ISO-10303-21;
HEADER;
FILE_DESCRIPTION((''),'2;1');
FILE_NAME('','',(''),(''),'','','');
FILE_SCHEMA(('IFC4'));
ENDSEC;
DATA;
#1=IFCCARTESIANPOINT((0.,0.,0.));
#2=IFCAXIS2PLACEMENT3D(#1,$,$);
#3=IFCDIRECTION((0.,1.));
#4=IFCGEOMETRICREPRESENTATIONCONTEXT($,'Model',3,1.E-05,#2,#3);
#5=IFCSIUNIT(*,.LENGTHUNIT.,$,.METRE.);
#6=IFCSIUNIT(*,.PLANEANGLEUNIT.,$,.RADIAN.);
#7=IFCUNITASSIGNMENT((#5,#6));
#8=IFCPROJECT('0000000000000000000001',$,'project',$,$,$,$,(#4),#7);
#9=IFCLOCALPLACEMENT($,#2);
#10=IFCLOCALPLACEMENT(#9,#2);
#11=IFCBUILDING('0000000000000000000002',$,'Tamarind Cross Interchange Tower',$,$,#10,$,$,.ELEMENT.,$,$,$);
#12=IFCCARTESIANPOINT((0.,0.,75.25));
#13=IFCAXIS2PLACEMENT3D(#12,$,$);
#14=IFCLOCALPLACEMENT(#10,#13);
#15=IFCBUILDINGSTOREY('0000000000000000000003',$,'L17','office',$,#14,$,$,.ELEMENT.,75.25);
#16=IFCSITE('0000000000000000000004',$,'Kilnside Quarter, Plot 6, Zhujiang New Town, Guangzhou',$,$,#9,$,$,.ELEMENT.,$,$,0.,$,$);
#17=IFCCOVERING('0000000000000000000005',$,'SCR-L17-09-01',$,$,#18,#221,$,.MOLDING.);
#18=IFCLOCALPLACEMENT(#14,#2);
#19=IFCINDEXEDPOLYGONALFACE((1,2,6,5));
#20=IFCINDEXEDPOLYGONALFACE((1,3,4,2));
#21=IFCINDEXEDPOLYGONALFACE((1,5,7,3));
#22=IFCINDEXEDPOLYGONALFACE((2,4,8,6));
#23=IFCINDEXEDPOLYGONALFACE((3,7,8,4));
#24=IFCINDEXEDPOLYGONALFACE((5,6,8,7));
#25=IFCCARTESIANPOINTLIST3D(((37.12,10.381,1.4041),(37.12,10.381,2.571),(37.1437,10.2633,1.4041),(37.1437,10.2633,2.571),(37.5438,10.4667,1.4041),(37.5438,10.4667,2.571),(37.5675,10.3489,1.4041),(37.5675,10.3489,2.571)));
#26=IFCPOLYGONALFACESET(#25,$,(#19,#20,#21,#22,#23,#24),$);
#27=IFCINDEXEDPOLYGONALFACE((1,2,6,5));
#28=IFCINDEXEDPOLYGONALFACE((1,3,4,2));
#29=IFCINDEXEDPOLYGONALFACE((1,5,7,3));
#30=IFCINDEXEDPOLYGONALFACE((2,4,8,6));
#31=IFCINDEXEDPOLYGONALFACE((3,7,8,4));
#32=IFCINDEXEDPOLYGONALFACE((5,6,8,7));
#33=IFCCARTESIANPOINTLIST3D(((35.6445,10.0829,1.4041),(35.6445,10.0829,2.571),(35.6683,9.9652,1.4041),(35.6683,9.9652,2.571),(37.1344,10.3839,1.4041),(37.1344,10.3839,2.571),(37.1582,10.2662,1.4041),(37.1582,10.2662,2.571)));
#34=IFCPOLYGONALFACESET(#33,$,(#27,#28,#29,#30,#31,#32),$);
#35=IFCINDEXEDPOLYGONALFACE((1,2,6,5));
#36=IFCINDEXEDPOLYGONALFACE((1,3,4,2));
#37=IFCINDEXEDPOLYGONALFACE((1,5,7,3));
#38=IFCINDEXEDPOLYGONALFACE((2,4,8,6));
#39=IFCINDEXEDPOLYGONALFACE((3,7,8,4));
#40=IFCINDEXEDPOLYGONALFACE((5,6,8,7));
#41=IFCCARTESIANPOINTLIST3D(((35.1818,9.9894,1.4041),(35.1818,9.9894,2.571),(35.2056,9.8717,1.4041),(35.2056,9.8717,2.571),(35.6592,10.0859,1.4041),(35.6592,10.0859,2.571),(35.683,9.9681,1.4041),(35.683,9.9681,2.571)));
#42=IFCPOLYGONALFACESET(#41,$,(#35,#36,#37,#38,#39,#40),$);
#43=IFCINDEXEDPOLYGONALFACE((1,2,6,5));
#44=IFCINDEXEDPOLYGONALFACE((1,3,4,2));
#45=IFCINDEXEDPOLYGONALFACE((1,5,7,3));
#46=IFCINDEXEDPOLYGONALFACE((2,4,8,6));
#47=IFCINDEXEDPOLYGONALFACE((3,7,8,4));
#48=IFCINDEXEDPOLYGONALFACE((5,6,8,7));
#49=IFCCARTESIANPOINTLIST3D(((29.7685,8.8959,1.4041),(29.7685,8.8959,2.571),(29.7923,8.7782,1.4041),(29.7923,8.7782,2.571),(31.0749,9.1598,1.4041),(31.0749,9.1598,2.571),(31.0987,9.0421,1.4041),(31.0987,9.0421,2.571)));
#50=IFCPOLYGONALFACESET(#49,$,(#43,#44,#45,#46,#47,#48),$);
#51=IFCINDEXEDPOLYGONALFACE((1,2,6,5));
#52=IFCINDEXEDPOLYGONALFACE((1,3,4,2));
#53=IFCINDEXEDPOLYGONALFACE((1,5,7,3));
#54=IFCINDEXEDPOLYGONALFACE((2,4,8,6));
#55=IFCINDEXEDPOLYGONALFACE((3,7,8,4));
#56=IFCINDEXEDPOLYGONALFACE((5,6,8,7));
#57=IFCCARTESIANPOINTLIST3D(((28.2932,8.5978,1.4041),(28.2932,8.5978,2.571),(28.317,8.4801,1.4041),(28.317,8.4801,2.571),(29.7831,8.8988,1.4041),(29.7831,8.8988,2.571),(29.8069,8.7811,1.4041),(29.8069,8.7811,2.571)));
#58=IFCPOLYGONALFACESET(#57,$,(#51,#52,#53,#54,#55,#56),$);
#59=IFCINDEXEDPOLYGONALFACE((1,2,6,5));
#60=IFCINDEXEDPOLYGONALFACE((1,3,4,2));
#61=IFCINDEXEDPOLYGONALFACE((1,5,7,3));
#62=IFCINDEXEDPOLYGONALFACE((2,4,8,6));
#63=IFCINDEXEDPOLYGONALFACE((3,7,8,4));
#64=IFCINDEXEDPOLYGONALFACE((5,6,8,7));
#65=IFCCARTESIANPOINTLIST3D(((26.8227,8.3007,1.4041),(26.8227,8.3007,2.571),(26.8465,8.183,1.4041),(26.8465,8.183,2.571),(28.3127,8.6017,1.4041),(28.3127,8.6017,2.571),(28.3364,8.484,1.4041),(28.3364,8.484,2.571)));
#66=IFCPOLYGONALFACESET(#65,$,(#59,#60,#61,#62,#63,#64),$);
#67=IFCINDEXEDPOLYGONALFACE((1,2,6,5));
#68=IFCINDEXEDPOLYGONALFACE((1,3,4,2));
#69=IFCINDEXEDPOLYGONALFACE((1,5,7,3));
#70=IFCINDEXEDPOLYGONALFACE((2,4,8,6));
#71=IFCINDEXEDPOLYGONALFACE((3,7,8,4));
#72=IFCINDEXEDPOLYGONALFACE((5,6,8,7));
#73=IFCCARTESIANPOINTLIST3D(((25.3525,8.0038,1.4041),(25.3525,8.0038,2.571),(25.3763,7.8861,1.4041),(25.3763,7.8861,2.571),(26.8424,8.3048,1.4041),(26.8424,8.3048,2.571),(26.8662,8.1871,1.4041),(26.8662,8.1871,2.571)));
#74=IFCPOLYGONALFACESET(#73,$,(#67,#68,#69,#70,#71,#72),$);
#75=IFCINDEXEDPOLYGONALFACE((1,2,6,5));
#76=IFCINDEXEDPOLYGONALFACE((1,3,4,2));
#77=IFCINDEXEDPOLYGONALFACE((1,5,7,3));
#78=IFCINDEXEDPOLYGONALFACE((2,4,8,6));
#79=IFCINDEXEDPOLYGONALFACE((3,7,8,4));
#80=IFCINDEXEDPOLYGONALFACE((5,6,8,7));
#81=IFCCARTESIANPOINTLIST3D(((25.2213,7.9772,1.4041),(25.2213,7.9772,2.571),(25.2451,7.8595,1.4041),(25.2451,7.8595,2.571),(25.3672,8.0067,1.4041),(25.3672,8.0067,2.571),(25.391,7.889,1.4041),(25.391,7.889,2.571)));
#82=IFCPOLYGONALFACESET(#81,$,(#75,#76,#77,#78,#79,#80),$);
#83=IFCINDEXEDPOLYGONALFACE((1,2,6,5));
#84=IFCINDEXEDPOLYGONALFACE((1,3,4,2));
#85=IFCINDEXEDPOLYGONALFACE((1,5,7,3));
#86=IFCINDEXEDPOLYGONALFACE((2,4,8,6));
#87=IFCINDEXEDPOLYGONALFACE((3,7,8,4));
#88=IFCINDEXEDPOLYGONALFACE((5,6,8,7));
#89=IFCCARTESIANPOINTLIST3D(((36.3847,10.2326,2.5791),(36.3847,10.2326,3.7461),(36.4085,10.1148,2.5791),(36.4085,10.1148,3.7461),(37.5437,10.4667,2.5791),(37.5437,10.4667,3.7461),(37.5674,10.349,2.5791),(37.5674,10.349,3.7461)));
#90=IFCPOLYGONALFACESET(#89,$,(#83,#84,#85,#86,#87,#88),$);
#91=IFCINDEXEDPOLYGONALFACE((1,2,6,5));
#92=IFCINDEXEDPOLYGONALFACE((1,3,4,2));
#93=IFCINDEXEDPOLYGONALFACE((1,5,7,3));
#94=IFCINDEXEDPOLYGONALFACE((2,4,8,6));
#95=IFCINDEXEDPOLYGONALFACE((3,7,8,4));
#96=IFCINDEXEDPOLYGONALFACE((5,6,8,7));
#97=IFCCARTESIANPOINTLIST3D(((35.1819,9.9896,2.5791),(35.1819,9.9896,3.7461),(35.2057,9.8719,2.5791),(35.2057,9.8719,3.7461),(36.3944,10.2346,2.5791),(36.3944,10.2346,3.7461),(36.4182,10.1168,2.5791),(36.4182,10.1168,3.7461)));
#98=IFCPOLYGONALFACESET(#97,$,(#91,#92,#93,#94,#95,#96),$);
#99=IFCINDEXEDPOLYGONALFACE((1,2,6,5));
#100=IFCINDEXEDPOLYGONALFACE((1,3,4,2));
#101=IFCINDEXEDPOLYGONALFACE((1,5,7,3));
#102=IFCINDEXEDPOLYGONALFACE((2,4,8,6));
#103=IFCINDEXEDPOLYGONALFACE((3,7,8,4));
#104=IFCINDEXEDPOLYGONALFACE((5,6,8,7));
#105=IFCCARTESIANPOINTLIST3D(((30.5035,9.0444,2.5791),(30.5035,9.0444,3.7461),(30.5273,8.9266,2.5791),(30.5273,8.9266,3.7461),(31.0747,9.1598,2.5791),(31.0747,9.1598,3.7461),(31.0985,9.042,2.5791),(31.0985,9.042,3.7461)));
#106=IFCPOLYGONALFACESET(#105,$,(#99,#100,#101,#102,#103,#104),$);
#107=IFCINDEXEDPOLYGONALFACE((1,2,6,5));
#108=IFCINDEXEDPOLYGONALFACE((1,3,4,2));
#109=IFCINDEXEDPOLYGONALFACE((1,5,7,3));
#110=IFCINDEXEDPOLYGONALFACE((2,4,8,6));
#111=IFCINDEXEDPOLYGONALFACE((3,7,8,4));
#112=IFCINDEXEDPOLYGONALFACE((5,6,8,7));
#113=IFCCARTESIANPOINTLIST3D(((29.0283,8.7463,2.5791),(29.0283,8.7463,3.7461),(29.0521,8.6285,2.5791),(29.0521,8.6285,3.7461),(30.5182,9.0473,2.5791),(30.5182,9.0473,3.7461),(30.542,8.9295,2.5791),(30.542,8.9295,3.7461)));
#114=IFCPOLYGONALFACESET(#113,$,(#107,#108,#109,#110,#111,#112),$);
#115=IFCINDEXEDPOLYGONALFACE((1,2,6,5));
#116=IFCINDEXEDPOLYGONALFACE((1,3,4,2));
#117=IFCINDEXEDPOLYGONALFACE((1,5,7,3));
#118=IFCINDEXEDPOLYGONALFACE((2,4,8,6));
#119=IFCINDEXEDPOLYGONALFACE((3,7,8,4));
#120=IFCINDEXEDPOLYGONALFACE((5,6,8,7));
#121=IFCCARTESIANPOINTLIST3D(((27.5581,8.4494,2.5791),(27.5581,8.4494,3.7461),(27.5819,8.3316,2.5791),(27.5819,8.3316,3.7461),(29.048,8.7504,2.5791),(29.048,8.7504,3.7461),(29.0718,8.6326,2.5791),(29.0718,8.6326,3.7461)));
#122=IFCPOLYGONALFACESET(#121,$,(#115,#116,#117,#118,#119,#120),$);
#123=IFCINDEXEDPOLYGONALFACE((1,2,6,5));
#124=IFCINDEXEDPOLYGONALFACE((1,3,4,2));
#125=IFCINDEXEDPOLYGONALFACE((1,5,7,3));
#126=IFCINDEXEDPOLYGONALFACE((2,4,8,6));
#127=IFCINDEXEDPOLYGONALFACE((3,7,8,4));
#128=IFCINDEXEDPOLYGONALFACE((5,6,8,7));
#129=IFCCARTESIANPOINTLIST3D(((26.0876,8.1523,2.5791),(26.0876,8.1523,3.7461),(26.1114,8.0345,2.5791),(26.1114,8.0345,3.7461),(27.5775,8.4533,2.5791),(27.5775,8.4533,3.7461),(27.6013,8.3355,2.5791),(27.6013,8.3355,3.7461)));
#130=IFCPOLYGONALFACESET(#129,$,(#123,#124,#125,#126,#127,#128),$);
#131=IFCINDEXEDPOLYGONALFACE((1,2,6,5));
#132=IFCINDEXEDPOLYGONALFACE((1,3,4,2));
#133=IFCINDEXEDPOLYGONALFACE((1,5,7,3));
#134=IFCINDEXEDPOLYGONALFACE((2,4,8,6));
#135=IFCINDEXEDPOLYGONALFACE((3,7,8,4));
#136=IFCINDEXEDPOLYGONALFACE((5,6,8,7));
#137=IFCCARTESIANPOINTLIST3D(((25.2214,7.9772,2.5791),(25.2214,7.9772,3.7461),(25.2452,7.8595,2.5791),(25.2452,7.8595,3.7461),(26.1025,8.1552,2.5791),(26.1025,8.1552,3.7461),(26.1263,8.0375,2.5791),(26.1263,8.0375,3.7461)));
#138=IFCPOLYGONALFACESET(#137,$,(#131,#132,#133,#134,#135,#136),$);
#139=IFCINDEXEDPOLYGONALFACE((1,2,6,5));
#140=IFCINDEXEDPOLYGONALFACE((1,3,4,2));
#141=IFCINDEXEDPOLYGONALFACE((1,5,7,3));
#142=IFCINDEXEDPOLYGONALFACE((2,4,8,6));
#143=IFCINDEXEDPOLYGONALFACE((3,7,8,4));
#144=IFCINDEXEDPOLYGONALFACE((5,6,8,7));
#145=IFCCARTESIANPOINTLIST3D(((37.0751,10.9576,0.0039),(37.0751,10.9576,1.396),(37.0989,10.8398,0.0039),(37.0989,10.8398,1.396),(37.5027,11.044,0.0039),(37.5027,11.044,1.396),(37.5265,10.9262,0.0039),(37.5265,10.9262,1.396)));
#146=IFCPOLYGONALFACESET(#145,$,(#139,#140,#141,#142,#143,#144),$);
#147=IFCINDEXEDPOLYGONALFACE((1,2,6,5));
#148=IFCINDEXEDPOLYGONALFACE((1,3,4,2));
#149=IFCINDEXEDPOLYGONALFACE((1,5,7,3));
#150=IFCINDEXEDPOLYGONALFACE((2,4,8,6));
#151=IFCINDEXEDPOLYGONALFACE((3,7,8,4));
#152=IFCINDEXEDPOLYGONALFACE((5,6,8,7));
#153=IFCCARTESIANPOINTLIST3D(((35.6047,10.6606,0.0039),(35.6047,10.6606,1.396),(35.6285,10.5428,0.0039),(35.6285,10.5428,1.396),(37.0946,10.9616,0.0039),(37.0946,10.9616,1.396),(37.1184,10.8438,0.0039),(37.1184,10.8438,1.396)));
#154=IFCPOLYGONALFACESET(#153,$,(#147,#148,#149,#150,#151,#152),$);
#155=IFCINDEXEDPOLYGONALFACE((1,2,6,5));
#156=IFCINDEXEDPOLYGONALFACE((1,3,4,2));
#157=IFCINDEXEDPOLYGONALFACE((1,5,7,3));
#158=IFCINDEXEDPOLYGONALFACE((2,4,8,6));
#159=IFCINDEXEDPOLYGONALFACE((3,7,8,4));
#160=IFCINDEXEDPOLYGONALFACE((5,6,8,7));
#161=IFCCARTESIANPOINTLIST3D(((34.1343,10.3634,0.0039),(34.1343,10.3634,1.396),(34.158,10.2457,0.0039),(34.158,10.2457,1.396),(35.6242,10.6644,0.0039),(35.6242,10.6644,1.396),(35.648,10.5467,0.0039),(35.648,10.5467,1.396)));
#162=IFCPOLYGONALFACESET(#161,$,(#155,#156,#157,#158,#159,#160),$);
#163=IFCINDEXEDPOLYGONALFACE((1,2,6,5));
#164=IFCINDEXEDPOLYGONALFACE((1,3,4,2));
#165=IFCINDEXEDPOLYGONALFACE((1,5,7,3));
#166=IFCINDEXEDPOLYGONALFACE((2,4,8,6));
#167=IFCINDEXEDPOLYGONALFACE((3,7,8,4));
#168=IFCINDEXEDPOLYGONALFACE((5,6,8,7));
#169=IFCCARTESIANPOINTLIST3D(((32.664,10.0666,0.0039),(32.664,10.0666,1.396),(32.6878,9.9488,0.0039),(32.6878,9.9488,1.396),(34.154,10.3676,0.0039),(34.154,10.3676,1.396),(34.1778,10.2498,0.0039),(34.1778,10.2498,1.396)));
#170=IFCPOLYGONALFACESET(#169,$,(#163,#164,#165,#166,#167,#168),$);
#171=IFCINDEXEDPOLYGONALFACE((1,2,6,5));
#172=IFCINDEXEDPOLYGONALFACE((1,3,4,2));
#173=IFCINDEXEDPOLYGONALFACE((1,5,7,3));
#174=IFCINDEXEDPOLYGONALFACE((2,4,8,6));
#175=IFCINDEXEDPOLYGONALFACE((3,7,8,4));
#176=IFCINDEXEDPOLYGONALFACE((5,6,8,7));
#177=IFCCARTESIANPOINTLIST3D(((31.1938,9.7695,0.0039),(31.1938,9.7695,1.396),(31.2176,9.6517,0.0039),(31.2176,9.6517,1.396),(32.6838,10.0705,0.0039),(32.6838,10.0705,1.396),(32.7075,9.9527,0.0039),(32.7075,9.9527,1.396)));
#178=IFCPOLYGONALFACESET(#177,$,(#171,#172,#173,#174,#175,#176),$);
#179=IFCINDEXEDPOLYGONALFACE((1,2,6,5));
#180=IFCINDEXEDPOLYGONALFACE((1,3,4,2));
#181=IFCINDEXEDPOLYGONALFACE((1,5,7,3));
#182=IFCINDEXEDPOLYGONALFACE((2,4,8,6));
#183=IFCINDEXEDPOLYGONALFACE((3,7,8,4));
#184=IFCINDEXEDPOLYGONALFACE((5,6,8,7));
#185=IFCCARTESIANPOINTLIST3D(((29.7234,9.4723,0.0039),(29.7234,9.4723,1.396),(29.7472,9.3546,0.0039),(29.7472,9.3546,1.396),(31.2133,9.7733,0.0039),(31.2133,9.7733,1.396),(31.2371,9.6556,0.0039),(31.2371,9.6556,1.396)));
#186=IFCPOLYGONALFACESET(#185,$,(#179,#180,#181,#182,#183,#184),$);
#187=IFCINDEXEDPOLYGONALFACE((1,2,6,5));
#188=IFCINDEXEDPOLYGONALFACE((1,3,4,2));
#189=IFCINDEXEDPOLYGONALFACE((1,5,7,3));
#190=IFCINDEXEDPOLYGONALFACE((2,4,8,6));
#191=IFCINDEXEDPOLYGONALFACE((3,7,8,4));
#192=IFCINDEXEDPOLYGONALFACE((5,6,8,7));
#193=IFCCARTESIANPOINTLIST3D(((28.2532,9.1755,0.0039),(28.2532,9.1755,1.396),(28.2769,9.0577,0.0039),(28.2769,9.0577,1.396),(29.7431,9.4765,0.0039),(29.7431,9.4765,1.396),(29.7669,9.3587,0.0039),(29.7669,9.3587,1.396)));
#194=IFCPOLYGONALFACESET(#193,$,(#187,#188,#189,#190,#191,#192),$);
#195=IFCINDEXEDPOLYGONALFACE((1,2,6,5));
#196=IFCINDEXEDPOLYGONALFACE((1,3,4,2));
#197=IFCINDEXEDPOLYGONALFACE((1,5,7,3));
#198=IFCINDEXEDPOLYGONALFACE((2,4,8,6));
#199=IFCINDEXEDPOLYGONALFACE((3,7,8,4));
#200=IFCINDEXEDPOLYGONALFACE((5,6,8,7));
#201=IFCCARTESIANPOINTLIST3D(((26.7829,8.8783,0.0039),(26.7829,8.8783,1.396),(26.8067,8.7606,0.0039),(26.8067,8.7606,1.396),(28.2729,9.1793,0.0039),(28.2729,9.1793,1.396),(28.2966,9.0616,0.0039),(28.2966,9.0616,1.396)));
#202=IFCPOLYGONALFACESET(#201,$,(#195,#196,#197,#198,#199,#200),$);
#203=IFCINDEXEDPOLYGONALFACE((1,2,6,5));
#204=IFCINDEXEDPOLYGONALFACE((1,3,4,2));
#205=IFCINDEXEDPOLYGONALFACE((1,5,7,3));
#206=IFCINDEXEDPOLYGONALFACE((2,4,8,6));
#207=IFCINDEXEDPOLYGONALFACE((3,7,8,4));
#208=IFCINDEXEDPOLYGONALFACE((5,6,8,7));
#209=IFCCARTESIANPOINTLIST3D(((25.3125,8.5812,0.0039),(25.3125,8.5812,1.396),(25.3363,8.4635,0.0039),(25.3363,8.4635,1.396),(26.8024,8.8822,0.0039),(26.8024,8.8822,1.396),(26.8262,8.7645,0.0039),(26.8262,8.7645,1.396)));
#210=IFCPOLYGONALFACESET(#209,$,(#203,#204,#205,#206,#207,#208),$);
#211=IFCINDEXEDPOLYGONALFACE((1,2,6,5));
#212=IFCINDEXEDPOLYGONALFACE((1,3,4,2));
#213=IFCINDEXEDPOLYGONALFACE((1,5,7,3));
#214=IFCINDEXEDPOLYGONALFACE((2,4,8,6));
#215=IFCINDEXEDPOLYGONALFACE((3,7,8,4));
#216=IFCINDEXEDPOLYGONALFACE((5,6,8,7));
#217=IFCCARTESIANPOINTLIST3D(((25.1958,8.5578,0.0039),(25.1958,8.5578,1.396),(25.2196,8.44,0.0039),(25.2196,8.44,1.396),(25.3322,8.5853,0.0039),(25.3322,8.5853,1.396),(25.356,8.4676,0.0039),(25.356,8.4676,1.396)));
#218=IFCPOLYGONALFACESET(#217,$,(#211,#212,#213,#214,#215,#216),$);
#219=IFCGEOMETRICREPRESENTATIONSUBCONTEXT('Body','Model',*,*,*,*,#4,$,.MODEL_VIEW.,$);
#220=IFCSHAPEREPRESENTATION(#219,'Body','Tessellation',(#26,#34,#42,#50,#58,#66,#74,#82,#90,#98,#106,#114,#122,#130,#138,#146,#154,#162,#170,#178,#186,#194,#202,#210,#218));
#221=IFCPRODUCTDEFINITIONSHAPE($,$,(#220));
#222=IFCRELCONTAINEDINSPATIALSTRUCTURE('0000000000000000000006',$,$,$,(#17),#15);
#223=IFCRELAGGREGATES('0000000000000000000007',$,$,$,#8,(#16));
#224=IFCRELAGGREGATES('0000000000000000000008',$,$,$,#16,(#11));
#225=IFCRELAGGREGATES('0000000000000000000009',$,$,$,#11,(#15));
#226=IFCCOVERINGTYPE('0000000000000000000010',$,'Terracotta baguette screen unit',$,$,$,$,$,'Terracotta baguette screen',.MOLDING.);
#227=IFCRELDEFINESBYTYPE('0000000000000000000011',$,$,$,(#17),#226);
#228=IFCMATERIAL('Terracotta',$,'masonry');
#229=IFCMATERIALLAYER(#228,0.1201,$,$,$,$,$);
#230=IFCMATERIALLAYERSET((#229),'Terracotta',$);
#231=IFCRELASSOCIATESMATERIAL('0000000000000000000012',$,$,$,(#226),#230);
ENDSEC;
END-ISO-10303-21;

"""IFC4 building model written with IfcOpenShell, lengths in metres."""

from ifc_helpers import new_model, si_unit, direction, frame, origin, origin_2d, place, context, subcontext, project, spatial, rectangle, extrude, material, layer, layer_set, type_object, element, save


model = new_model("IFC4")

# Units and contexts
model_context = context("Model", 3, precision=1e-05, world=origin(), true_north=direction((0.0, 1.0)))
body_context = subcontext(model_context, "Body", "Model", "MODEL_VIEW")
ifc_project = project(units=[si_unit("LENGTHUNIT", "METRE"), si_unit("PLANEANGLEUNIT", "RADIAN")], contexts=[model_context])

# Site, building, storey
site_placement = place(None, origin())
site = spatial("IfcSite", under=ifc_project, at=site_placement, Name="Kilnside Quarter, Plot 6, Zhujiang New Town, Guangzhou", CompositionType="ELEMENT", RefElevation=0.0)
building_placement = place(site_placement, origin())
building = spatial("IfcBuilding", under=site, at=building_placement, Name="Tamarind Cross Interchange Tower", CompositionType="ELEMENT")
storey_placement = place(building_placement, frame((0.0, 0.0, 75.25)))
storey = spatial("IfcBuildingStorey", under=building, at=storey_placement, Name="L17", Description="office", CompositionType="ELEMENT", Elevation=75.25)

# Covering
ifc_material_1 = material(Name="Terracotta", Category="masonry")
ifc_layer_1 = layer(ifc_material_1, 0.1201)
ifc_layer_set_1 = layer_set([ifc_layer_1], Name="Terracotta")
covering_type = type_object("IfcCoveringType", Name="Terracotta baguette screen unit", ElementType="Terracotta baguette screen", PredefinedType="MOLDING", material=ifc_layer_set_1)
covering_1_placement = place(storey_placement, origin())
element("IfcCovering", 1, at=covering_1_placement, inside=storey, type_object=covering_type, Name="SCR-L17-09-01", PredefinedType="MOLDING", context=body_context, shape_type="SweptSolid", body=[
    extrude(rectangle(XDim=0.4324, YDim=0.1201, at=origin_2d()), frame((37.3438, 10.365, 1.4041), z_axis=(0.0, 0.0, 1.0), x_axis=(-0.980197, -0.198023, 0.0)), (0.0, 0.0, 1.0), 1.167),
    extrude(rectangle(XDim=1.52, YDim=0.1201, at=origin_2d()), frame((36.4014, 10.1746, 1.4041), z_axis=(0.0, 0.0, 1.0), x_axis=(-0.980197, -0.198023, 0.0)), (0.0, 0.0, 1.0), 1.167),
    extrude(rectangle(XDim=0.4871, YDim=0.1201, at=origin_2d()), frame((35.4324, 9.9788, 1.4041), z_axis=(0.0, 0.0, 1.0), x_axis=(-0.980197, -0.198023, 0.0)), (0.0, 0.0, 1.0), 1.167),
    extrude(rectangle(XDim=1.3328, YDim=0.1201, at=origin_2d()), frame((30.4336, 8.969, 1.4041), z_axis=(0.0, 0.0, 1.0), x_axis=(-0.980197, -0.198023, 0.0)), (0.0, 0.0, 1.0), 1.167),
    extrude(rectangle(XDim=1.52, YDim=0.1201, at=origin_2d()), frame((29.05, 8.6895, 1.4041), z_axis=(0.0, 0.0, 1.0), x_axis=(-0.980197, -0.198023, 0.0)), (0.0, 0.0, 1.0), 1.167),
    extrude(rectangle(XDim=1.52, YDim=0.1201, at=origin_2d()), frame((27.5796, 8.3923, 1.4041), z_axis=(0.0, 0.0, 1.0), x_axis=(-0.980197, -0.198023, 0.0)), (0.0, 0.0, 1.0), 1.167),
    extrude(rectangle(XDim=1.52, YDim=0.1201, at=origin_2d()), frame((26.1094, 8.0955, 1.4041), z_axis=(0.0, 0.0, 1.0), x_axis=(-0.980197, -0.198023, 0.0)), (0.0, 0.0, 1.0), 1.167),
    extrude(rectangle(XDim=0.1489, YDim=0.1201, at=origin_2d()), frame((25.3062, 7.9331, 1.4041), z_axis=(0.0, 0.0, 1.0), x_axis=(-0.980197, -0.198023, 0.0)), (0.0, 0.0, 1.0), 1.167),
    extrude(rectangle(XDim=1.1824, YDim=0.1201, at=origin_2d()), frame((36.9761, 10.2908, 2.5791), z_axis=(0.0, 0.0, 1.0), x_axis=(-0.980197, -0.198023, 0.0)), (0.0, 0.0, 1.0), 1.167),
    extrude(rectangle(XDim=1.2371, YDim=0.1201, at=origin_2d()), frame((35.8, 10.0532, 2.5791), z_axis=(0.0, 0.0, 1.0), x_axis=(-0.980197, -0.198023, 0.0)), (0.0, 0.0, 1.0), 1.167),
    extrude(rectangle(XDim=0.5828, YDim=0.1201, at=origin_2d()), frame((30.801, 9.0432, 2.5791), z_axis=(0.0, 0.0, 1.0), x_axis=(-0.980197, -0.198023, 0.0)), (0.0, 0.0, 1.0), 1.167),
    extrude(rectangle(XDim=1.52, YDim=0.1201, at=origin_2d()), frame((29.7852, 8.8379, 2.5791), z_axis=(0.0, 0.0, 1.0), x_axis=(-0.980197, -0.198023, 0.0)), (0.0, 0.0, 1.0), 1.167),
    extrude(rectangle(XDim=1.52, YDim=0.1201, at=origin_2d()), frame((28.3149, 8.541, 2.5791), z_axis=(0.0, 0.0, 1.0), x_axis=(-0.980197, -0.198023, 0.0)), (0.0, 0.0, 1.0), 1.167),
    extrude(rectangle(XDim=1.52, YDim=0.1201, at=origin_2d()), frame((26.8445, 8.2439, 2.5791), z_axis=(0.0, 0.0, 1.0), x_axis=(-0.980197, -0.198023, 0.0)), (0.0, 0.0, 1.0), 1.167),
    extrude(rectangle(XDim=0.8989, YDim=0.1201, at=origin_2d()), frame((25.6738, 8.0073, 2.5791), z_axis=(0.0, 0.0, 1.0), x_axis=(-0.980197, -0.198023, 0.0)), (0.0, 0.0, 1.0), 1.167),
    extrude(rectangle(XDim=0.4363, YDim=0.1201, at=origin_2d()), frame((37.3008, 10.9419, 0.0039), z_axis=(0.0, 0.0, 1.0), x_axis=(-0.980197, -0.198023, 0.0)), (0.0, 0.0, 1.0), 1.3921),
    extrude(rectangle(XDim=1.52, YDim=0.1201, at=origin_2d()), frame((36.3616, 10.7522, 0.0039), z_axis=(0.0, 0.0, 1.0), x_axis=(-0.980197, -0.198023, 0.0)), (0.0, 0.0, 1.0), 1.3921),
    extrude(rectangle(XDim=1.52, YDim=0.1201, at=origin_2d()), frame((34.8911, 10.4551, 0.0039), z_axis=(0.0, 0.0, 1.0), x_axis=(-0.980197, -0.198023, 0.0)), (0.0, 0.0, 1.0), 1.3921),
    extrude(rectangle(XDim=1.52, YDim=0.1201, at=origin_2d()), frame((33.4209, 10.1582, 0.0039), z_axis=(0.0, 0.0, 1.0), x_axis=(-0.980197, -0.198023, 0.0)), (0.0, 0.0, 1.0), 1.3921),
    extrude(rectangle(XDim=1.52, YDim=0.1201, at=origin_2d()), frame((31.9507, 9.8611, 0.0039), z_axis=(0.0, 0.0, 1.0), x_axis=(-0.980197, -0.198023, 0.0)), (0.0, 0.0, 1.0), 1.3921),
    extrude(rectangle(XDim=1.52, YDim=0.1201, at=origin_2d()), frame((30.4802, 9.564, 0.0039), z_axis=(0.0, 0.0, 1.0), x_axis=(-0.980197, -0.198023, 0.0)), (0.0, 0.0, 1.0), 1.3921),
    extrude(rectangle(XDim=1.52, YDim=0.1201, at=origin_2d()), frame((29.01, 9.2671, 0.0039), z_axis=(0.0, 0.0, 1.0), x_axis=(-0.980197, -0.198023, 0.0)), (0.0, 0.0, 1.0), 1.3921),
    extrude(rectangle(XDim=1.52, YDim=0.1201, at=origin_2d()), frame((27.5398, 8.97, 0.0039), z_axis=(0.0, 0.0, 1.0), x_axis=(-0.980197, -0.198023, 0.0)), (0.0, 0.0, 1.0), 1.3921),
    extrude(rectangle(XDim=1.52, YDim=0.1201, at=origin_2d()), frame((26.0693, 8.6729, 0.0039), z_axis=(0.0, 0.0, 1.0), x_axis=(-0.980197, -0.198023, 0.0)), (0.0, 0.0, 1.0), 1.3921),
    extrude(rectangle(XDim=0.1392, YDim=0.1201, at=origin_2d()), frame((25.2759, 8.5127, 0.0039), z_axis=(0.0, 0.0, 1.0), x_axis=(-0.980197, -0.198023, 0.0)), (0.0, 0.0, 1.0), 1.3921),
])

save(model, "model.ifc")
